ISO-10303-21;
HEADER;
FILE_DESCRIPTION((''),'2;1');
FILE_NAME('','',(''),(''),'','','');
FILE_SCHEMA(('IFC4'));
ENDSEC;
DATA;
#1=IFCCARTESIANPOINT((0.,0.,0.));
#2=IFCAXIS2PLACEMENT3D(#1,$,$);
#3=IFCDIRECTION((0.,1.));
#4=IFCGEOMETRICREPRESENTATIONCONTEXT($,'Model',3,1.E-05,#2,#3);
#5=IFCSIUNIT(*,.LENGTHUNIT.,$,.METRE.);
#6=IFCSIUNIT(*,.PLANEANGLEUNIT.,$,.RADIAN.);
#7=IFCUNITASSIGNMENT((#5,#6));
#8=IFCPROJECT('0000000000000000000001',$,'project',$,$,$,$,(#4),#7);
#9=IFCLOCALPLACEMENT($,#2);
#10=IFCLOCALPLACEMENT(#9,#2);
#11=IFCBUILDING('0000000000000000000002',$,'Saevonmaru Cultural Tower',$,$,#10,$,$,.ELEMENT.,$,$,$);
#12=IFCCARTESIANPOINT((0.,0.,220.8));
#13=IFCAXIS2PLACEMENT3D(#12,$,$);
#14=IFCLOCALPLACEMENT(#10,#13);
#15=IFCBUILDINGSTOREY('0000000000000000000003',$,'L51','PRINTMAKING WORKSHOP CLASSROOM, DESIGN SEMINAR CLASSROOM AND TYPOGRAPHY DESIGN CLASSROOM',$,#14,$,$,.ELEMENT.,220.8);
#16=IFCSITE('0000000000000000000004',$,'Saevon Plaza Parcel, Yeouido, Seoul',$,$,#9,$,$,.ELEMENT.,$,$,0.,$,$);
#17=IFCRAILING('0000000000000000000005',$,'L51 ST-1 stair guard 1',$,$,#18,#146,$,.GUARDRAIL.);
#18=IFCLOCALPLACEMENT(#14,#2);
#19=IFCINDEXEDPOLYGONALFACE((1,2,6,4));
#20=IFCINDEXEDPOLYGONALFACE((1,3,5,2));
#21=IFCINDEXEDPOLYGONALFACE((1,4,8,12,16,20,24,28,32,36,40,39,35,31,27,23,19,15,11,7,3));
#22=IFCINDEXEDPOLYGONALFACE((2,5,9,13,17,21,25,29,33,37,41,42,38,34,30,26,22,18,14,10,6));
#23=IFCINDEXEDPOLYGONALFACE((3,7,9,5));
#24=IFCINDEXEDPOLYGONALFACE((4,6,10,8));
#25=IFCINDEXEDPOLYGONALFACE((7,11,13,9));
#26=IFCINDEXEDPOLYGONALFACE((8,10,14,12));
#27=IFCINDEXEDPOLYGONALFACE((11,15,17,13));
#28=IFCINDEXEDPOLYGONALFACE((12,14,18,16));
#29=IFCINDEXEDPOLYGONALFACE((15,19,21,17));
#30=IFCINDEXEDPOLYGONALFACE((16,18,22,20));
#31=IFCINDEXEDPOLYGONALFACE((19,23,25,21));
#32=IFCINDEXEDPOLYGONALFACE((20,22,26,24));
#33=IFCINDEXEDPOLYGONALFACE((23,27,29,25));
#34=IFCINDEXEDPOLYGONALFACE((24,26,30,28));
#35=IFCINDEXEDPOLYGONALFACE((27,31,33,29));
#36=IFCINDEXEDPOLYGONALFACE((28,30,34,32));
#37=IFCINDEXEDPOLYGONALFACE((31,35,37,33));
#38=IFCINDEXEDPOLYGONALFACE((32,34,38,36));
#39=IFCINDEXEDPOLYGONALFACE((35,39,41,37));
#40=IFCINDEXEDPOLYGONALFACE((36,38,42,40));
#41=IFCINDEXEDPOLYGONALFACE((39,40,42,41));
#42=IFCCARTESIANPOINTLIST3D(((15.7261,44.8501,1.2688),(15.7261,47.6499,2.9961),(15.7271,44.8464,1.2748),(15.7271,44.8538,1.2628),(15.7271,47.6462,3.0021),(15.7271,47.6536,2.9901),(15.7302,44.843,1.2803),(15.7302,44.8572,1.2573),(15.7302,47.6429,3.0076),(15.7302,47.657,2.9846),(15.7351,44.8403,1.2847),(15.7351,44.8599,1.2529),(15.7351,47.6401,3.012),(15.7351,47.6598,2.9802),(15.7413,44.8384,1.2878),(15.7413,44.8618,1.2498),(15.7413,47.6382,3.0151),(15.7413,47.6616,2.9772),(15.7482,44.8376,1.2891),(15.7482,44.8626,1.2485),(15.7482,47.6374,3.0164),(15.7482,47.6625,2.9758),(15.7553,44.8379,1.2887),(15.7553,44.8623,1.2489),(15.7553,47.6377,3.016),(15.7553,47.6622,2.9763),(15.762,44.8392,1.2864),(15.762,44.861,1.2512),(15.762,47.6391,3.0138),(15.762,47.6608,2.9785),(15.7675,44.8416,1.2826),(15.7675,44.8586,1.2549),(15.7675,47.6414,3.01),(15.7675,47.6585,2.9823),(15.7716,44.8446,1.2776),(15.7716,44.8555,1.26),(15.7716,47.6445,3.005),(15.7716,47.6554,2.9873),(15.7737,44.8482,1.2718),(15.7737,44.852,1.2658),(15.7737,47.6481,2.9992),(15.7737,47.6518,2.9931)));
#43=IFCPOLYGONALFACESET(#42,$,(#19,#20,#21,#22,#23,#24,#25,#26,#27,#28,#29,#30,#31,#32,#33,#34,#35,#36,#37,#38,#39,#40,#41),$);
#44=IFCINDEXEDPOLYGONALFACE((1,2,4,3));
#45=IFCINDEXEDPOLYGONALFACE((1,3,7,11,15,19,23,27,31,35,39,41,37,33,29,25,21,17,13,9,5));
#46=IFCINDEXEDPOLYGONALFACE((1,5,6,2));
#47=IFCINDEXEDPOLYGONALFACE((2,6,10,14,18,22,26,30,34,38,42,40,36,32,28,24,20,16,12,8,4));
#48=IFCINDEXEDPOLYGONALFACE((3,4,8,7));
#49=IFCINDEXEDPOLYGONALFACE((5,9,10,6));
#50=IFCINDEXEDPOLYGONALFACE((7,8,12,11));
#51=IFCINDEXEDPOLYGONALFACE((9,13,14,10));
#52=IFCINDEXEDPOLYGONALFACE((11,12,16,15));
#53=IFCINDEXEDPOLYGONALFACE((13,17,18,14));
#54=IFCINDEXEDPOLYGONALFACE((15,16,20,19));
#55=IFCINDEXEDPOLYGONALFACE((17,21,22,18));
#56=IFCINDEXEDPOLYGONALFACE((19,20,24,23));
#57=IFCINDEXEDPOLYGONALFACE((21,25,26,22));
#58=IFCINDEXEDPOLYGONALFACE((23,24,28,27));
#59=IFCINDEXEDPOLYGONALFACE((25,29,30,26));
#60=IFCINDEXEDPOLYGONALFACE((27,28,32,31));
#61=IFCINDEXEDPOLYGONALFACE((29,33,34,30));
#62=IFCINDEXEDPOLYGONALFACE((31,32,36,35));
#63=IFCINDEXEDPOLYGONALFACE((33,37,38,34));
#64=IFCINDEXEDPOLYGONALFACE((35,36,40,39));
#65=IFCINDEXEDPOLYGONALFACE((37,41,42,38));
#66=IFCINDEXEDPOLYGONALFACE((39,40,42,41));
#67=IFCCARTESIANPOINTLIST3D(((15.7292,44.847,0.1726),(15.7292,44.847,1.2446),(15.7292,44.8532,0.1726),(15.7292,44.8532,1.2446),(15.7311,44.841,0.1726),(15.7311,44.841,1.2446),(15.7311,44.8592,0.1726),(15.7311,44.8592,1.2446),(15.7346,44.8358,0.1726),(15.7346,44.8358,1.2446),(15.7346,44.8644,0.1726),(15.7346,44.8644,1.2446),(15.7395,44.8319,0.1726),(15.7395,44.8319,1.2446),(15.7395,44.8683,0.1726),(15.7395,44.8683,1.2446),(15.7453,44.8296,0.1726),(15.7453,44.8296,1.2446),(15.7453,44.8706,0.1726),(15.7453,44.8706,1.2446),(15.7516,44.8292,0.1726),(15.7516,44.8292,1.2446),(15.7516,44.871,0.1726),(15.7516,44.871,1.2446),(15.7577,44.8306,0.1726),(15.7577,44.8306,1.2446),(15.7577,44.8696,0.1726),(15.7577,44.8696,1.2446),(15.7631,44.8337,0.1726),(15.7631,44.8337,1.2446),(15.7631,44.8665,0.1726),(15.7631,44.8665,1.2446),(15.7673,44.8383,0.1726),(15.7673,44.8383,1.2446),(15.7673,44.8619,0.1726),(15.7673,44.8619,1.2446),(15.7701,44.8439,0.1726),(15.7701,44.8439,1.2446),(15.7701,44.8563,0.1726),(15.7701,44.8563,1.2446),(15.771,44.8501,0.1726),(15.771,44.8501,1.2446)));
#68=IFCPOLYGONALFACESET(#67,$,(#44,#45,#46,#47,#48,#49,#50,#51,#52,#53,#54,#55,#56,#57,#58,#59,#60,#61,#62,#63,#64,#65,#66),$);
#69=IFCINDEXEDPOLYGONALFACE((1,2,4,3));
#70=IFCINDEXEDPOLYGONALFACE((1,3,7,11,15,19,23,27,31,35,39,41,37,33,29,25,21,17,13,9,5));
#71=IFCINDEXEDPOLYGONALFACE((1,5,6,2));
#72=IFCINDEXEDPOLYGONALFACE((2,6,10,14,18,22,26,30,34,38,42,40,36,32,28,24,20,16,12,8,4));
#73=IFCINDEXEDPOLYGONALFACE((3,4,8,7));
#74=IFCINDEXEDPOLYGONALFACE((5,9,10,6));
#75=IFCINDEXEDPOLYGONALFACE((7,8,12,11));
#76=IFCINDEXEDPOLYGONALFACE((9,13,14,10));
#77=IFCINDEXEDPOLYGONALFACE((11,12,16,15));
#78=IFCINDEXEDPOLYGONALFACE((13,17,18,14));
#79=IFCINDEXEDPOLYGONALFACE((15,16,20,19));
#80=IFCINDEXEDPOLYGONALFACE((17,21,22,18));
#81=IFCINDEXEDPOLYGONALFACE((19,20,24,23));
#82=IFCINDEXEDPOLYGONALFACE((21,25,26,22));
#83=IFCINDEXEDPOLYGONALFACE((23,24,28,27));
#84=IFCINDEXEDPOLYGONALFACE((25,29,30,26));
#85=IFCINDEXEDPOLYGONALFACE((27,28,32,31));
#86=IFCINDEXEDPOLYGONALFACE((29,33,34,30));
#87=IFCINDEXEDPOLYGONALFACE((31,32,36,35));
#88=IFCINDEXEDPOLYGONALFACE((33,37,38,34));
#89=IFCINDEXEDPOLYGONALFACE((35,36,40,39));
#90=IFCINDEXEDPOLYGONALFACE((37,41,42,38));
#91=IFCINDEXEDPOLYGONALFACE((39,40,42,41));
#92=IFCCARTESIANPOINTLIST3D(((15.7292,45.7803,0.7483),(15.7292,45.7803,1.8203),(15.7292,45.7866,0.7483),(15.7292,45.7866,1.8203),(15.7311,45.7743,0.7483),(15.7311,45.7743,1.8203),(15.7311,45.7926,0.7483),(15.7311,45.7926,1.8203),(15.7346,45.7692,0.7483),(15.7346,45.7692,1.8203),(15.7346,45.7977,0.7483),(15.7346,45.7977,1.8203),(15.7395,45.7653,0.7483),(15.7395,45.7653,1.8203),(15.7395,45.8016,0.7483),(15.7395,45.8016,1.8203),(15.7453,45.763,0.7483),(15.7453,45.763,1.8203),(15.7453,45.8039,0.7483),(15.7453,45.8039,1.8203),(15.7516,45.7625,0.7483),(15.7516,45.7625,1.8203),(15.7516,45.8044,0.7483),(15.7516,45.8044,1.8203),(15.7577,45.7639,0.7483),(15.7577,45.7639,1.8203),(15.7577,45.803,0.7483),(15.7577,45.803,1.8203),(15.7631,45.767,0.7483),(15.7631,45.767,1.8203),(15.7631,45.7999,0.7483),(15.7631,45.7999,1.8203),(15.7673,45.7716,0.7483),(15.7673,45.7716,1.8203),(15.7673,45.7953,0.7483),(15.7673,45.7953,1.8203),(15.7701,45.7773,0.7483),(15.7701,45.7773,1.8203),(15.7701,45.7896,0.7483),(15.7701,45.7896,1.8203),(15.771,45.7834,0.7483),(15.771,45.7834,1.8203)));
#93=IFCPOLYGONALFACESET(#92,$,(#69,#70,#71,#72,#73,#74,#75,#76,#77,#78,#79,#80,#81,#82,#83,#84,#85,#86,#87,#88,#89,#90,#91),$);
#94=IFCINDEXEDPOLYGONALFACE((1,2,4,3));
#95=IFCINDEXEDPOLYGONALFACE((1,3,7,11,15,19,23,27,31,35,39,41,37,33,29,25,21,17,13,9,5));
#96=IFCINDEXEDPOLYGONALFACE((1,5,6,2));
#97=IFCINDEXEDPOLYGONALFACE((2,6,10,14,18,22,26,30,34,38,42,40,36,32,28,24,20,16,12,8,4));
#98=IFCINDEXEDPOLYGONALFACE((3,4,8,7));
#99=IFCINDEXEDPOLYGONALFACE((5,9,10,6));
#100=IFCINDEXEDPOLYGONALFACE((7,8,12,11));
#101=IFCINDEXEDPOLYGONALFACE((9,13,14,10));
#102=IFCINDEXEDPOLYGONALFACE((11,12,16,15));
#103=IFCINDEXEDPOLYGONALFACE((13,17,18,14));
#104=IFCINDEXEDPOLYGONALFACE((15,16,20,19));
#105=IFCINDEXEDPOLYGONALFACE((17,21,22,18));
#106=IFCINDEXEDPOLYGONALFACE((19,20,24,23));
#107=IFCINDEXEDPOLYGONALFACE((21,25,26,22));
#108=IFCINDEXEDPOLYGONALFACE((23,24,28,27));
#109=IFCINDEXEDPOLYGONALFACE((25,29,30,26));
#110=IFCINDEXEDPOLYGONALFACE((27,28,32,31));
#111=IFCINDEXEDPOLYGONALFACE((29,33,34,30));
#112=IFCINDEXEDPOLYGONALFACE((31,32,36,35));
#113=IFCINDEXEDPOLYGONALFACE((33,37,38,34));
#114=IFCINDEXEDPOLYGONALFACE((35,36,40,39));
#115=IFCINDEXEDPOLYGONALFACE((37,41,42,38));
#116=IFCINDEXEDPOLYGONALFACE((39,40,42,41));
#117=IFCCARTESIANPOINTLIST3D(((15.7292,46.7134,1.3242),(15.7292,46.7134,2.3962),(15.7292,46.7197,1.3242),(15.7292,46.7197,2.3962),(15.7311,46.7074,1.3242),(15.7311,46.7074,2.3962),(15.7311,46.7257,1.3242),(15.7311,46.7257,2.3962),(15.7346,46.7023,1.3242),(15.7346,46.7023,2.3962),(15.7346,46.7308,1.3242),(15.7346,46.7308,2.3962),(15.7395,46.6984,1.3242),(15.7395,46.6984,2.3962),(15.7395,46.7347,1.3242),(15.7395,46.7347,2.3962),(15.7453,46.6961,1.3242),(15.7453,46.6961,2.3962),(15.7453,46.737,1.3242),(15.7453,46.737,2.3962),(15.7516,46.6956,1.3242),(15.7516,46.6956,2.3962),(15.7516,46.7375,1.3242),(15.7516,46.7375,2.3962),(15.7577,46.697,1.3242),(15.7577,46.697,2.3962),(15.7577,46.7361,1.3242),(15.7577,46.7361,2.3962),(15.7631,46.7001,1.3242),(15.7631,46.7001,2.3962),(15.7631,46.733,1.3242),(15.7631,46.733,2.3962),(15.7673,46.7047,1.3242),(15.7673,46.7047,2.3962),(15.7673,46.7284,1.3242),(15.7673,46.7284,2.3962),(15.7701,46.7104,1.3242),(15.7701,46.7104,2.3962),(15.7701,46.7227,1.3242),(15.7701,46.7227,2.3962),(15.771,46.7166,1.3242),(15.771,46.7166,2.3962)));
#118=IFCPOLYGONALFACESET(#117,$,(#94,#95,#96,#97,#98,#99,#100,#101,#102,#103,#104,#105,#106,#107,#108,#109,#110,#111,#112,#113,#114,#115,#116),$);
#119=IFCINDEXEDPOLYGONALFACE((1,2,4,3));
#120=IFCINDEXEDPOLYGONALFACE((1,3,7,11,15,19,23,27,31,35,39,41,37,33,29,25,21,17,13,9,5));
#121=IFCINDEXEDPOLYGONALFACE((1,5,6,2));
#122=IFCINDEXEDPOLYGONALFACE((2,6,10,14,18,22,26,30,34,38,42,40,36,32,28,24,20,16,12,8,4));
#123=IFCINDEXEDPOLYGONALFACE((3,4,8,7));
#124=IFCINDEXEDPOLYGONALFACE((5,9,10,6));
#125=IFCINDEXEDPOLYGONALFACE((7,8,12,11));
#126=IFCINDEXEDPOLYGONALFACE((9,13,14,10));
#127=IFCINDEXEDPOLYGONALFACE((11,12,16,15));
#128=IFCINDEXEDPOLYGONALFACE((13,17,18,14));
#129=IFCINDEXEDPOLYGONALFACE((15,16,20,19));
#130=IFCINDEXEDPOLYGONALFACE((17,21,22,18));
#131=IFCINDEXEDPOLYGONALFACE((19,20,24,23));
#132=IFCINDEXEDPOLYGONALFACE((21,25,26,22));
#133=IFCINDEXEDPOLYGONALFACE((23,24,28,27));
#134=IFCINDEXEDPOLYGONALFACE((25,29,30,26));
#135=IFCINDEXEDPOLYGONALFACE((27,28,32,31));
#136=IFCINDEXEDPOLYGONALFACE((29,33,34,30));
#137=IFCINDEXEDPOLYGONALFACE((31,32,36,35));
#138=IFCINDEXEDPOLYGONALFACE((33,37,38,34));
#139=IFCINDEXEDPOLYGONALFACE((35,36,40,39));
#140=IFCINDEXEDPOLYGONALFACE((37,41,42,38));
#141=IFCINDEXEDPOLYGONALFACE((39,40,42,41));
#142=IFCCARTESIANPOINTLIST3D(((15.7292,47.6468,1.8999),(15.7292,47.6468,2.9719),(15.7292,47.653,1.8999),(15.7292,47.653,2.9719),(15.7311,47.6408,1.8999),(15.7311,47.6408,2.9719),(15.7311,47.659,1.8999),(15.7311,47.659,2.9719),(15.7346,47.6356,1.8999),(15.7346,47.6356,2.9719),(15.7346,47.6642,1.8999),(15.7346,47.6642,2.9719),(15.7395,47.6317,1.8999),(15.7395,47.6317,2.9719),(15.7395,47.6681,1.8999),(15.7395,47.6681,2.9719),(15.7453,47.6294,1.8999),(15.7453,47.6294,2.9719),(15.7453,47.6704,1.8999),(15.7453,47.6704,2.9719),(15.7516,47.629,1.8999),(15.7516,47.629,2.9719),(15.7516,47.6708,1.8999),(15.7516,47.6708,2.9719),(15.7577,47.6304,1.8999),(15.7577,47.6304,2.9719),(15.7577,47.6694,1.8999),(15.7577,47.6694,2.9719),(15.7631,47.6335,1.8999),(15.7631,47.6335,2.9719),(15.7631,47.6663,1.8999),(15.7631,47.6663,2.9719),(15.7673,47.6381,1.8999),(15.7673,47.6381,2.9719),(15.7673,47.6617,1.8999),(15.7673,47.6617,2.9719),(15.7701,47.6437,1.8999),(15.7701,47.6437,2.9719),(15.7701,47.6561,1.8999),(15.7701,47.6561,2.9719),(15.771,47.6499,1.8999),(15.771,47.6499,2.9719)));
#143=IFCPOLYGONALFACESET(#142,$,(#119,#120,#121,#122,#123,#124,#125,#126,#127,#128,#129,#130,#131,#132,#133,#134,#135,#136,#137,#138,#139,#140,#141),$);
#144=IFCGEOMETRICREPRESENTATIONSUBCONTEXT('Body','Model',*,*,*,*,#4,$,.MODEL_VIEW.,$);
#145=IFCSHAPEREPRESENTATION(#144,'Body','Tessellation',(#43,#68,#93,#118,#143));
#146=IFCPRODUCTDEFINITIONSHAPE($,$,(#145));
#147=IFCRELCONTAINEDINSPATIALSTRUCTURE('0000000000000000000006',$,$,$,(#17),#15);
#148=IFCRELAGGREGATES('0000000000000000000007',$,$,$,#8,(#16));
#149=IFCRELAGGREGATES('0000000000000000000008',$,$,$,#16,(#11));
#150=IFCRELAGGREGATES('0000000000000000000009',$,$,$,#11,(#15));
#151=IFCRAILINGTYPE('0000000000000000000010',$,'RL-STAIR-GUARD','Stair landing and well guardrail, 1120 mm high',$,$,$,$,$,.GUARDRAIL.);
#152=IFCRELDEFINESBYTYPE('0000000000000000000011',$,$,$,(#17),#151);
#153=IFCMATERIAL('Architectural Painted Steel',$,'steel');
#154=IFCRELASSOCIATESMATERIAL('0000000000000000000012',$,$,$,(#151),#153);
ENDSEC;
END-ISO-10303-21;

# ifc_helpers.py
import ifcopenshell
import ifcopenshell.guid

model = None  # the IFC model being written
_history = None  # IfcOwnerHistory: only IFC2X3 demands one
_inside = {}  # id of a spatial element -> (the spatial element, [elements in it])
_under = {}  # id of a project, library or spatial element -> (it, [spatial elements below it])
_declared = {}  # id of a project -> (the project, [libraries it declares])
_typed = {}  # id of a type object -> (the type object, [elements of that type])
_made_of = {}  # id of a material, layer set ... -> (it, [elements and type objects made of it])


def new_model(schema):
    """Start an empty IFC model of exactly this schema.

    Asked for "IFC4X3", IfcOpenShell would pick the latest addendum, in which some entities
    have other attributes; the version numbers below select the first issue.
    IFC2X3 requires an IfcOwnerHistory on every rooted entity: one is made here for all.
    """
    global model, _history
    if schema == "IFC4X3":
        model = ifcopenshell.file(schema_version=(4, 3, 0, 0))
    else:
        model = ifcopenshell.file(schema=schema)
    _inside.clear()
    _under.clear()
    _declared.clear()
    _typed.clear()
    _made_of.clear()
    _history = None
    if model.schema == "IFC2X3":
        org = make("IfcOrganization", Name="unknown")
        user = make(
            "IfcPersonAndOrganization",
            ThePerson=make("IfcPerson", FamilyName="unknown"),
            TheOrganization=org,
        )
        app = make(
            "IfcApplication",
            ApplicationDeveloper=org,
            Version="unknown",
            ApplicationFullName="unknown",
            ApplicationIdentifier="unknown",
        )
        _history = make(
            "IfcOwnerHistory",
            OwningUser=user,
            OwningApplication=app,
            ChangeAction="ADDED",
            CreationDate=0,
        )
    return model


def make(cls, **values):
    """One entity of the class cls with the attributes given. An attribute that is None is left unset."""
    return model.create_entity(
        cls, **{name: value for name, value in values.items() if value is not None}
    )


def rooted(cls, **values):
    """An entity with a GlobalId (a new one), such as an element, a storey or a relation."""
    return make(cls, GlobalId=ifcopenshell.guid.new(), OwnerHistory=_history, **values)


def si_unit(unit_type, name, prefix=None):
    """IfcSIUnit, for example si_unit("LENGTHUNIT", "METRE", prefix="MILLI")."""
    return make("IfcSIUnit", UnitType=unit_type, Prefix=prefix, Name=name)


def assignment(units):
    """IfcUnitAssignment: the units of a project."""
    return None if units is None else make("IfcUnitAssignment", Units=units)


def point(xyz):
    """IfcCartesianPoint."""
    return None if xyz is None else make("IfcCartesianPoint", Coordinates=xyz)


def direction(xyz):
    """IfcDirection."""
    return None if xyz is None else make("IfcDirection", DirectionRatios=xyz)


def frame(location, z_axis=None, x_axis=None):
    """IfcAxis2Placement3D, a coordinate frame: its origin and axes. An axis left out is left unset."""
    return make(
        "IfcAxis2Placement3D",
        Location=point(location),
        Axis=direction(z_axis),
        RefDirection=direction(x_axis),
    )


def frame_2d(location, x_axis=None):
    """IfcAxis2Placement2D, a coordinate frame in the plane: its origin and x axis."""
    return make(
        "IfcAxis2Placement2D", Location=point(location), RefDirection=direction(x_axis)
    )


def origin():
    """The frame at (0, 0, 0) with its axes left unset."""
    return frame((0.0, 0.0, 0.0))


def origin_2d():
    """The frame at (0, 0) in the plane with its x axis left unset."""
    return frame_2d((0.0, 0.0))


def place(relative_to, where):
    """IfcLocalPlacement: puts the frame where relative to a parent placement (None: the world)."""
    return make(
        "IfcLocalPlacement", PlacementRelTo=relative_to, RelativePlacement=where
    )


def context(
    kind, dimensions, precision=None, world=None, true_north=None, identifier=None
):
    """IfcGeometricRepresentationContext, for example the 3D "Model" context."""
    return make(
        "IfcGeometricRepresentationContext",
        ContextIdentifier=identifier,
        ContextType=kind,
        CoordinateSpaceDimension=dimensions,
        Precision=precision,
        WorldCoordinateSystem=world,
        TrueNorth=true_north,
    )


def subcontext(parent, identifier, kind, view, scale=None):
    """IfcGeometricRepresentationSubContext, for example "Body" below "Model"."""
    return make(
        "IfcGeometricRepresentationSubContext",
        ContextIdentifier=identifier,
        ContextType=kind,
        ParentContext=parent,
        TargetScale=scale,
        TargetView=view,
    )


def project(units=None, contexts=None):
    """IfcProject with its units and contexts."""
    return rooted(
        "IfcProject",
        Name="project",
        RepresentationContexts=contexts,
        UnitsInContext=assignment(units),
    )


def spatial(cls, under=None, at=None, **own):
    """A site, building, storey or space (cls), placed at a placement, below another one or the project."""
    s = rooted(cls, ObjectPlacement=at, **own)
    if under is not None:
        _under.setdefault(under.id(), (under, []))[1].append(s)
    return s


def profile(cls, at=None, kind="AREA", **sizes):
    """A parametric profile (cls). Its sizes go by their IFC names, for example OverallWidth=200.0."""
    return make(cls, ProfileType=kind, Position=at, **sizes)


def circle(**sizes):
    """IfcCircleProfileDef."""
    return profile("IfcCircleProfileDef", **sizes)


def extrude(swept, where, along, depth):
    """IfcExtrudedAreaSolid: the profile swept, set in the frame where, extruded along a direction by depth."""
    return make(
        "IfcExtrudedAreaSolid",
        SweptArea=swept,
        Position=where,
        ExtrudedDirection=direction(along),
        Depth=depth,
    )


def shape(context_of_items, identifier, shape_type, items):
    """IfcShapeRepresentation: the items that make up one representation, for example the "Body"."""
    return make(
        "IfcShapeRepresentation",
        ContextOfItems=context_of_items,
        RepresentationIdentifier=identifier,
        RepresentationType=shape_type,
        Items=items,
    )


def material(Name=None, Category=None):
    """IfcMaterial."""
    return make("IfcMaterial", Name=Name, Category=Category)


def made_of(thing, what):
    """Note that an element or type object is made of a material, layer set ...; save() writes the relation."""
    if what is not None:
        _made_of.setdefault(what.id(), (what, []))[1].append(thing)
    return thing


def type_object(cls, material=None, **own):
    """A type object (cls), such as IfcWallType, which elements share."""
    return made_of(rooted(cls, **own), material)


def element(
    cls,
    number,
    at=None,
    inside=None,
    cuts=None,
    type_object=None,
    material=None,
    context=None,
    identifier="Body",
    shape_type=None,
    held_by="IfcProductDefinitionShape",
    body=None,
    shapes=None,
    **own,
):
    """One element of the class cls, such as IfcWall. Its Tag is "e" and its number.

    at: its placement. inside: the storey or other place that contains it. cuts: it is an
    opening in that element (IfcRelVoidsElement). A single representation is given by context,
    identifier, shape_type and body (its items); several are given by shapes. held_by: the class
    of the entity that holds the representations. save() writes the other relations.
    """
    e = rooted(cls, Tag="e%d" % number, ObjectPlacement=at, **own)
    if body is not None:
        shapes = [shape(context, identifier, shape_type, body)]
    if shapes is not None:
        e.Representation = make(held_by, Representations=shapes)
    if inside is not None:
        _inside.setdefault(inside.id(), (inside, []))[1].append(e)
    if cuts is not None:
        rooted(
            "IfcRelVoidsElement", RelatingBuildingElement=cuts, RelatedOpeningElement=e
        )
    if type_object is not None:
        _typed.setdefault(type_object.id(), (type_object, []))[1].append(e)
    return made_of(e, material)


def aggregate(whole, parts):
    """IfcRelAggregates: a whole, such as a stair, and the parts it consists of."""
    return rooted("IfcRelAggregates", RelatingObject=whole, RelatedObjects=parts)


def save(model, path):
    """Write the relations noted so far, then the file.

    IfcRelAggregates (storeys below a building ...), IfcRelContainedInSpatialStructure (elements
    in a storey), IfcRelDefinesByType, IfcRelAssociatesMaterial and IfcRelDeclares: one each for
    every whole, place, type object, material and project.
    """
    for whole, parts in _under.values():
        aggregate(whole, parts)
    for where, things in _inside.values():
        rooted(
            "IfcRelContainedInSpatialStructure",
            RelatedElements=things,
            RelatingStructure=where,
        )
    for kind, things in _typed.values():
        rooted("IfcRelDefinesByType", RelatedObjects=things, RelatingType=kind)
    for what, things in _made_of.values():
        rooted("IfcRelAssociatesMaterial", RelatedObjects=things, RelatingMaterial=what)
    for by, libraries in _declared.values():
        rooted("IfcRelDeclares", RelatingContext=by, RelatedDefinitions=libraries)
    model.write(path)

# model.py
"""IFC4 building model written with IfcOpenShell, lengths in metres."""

from ifc_helpers import new_model, si_unit, direction, frame, origin, origin_2d, place, context, subcontext, project, spatial, circle, extrude, material, type_object, element, save


model = new_model("IFC4")

# Units and contexts
model_context = context("Model", 3, precision=1e-05, world=origin(), true_north=direction((0.0, 1.0)))
body_context = subcontext(model_context, "Body", "Model", "MODEL_VIEW")
ifc_project = project(units=[si_unit("LENGTHUNIT", "METRE"), si_unit("PLANEANGLEUNIT", "RADIAN")], contexts=[model_context])

# Site, building, storey
site_placement = place(None, origin())
site = spatial("IfcSite", under=ifc_project, at=site_placement, Name="Saevon Plaza Parcel, Yeouido, Seoul", CompositionType="ELEMENT", RefElevation=0.0)
building_placement = place(site_placement, origin())
building = spatial("IfcBuilding", under=site, at=building_placement, Name="Saevonmaru Cultural Tower", CompositionType="ELEMENT")
storey_placement = place(building_placement, frame((0.0, 0.0, 220.8)))
storey = spatial("IfcBuildingStorey", under=building, at=storey_placement, Name="L51", Description="PRINTMAKING WORKSHOP CLASSROOM, DESIGN SEMINAR CLASSROOM AND TYPOGRAPHY DESIGN CLASSROOM", CompositionType="ELEMENT", Elevation=220.8)

# Railing
ifc_material_1 = material(Name="Architectural Painted Steel", Category="steel")
railing_type_1 = type_object("IfcRailingType", Name="RL-STAIR-GUARD", Description="Stair landing and well guardrail, 1120 mm high", PredefinedType="GUARDRAIL", material=ifc_material_1)
railing_1_placement = place(storey_placement, frame((15.75, 44.8501, 0.1726)))
element("IfcRailing", 1, at=railing_1_placement, inside=storey, type_object=railing_type_1, Name="L51 ST-1 stair guard 1", PredefinedType="GUARDRAIL", context=body_context, shape_type="SweptSolid", body=[
    extrude(circle(Radius=0.0239, at=origin_2d()), frame((0.0, 0.0, 1.0962), z_axis=(0.0, 0.851069, 0.525054), x_axis=(-1.0, 0.0, 0.0)), (0.0, 0.0, 1.0), 3.2898),
    extrude(circle(Radius=0.021, at=origin_2d()), origin(), (0.0, 0.0, 1.0), 1.072),
    extrude(circle(Radius=0.021, at=origin_2d()), frame((0.0, 0.9333, 0.5757)), (0.0, 0.0, 1.0), 1.072),
    extrude(circle(Radius=0.021, at=origin_2d()), frame((0.0, 1.8665, 1.1516)), (0.0, 0.0, 1.0), 1.072),
    extrude(circle(Radius=0.021, at=origin_2d()), frame((0.0, 2.7998, 1.7273)), (0.0, 0.0, 1.0), 1.072),
])

save(model, "model.ifc")
